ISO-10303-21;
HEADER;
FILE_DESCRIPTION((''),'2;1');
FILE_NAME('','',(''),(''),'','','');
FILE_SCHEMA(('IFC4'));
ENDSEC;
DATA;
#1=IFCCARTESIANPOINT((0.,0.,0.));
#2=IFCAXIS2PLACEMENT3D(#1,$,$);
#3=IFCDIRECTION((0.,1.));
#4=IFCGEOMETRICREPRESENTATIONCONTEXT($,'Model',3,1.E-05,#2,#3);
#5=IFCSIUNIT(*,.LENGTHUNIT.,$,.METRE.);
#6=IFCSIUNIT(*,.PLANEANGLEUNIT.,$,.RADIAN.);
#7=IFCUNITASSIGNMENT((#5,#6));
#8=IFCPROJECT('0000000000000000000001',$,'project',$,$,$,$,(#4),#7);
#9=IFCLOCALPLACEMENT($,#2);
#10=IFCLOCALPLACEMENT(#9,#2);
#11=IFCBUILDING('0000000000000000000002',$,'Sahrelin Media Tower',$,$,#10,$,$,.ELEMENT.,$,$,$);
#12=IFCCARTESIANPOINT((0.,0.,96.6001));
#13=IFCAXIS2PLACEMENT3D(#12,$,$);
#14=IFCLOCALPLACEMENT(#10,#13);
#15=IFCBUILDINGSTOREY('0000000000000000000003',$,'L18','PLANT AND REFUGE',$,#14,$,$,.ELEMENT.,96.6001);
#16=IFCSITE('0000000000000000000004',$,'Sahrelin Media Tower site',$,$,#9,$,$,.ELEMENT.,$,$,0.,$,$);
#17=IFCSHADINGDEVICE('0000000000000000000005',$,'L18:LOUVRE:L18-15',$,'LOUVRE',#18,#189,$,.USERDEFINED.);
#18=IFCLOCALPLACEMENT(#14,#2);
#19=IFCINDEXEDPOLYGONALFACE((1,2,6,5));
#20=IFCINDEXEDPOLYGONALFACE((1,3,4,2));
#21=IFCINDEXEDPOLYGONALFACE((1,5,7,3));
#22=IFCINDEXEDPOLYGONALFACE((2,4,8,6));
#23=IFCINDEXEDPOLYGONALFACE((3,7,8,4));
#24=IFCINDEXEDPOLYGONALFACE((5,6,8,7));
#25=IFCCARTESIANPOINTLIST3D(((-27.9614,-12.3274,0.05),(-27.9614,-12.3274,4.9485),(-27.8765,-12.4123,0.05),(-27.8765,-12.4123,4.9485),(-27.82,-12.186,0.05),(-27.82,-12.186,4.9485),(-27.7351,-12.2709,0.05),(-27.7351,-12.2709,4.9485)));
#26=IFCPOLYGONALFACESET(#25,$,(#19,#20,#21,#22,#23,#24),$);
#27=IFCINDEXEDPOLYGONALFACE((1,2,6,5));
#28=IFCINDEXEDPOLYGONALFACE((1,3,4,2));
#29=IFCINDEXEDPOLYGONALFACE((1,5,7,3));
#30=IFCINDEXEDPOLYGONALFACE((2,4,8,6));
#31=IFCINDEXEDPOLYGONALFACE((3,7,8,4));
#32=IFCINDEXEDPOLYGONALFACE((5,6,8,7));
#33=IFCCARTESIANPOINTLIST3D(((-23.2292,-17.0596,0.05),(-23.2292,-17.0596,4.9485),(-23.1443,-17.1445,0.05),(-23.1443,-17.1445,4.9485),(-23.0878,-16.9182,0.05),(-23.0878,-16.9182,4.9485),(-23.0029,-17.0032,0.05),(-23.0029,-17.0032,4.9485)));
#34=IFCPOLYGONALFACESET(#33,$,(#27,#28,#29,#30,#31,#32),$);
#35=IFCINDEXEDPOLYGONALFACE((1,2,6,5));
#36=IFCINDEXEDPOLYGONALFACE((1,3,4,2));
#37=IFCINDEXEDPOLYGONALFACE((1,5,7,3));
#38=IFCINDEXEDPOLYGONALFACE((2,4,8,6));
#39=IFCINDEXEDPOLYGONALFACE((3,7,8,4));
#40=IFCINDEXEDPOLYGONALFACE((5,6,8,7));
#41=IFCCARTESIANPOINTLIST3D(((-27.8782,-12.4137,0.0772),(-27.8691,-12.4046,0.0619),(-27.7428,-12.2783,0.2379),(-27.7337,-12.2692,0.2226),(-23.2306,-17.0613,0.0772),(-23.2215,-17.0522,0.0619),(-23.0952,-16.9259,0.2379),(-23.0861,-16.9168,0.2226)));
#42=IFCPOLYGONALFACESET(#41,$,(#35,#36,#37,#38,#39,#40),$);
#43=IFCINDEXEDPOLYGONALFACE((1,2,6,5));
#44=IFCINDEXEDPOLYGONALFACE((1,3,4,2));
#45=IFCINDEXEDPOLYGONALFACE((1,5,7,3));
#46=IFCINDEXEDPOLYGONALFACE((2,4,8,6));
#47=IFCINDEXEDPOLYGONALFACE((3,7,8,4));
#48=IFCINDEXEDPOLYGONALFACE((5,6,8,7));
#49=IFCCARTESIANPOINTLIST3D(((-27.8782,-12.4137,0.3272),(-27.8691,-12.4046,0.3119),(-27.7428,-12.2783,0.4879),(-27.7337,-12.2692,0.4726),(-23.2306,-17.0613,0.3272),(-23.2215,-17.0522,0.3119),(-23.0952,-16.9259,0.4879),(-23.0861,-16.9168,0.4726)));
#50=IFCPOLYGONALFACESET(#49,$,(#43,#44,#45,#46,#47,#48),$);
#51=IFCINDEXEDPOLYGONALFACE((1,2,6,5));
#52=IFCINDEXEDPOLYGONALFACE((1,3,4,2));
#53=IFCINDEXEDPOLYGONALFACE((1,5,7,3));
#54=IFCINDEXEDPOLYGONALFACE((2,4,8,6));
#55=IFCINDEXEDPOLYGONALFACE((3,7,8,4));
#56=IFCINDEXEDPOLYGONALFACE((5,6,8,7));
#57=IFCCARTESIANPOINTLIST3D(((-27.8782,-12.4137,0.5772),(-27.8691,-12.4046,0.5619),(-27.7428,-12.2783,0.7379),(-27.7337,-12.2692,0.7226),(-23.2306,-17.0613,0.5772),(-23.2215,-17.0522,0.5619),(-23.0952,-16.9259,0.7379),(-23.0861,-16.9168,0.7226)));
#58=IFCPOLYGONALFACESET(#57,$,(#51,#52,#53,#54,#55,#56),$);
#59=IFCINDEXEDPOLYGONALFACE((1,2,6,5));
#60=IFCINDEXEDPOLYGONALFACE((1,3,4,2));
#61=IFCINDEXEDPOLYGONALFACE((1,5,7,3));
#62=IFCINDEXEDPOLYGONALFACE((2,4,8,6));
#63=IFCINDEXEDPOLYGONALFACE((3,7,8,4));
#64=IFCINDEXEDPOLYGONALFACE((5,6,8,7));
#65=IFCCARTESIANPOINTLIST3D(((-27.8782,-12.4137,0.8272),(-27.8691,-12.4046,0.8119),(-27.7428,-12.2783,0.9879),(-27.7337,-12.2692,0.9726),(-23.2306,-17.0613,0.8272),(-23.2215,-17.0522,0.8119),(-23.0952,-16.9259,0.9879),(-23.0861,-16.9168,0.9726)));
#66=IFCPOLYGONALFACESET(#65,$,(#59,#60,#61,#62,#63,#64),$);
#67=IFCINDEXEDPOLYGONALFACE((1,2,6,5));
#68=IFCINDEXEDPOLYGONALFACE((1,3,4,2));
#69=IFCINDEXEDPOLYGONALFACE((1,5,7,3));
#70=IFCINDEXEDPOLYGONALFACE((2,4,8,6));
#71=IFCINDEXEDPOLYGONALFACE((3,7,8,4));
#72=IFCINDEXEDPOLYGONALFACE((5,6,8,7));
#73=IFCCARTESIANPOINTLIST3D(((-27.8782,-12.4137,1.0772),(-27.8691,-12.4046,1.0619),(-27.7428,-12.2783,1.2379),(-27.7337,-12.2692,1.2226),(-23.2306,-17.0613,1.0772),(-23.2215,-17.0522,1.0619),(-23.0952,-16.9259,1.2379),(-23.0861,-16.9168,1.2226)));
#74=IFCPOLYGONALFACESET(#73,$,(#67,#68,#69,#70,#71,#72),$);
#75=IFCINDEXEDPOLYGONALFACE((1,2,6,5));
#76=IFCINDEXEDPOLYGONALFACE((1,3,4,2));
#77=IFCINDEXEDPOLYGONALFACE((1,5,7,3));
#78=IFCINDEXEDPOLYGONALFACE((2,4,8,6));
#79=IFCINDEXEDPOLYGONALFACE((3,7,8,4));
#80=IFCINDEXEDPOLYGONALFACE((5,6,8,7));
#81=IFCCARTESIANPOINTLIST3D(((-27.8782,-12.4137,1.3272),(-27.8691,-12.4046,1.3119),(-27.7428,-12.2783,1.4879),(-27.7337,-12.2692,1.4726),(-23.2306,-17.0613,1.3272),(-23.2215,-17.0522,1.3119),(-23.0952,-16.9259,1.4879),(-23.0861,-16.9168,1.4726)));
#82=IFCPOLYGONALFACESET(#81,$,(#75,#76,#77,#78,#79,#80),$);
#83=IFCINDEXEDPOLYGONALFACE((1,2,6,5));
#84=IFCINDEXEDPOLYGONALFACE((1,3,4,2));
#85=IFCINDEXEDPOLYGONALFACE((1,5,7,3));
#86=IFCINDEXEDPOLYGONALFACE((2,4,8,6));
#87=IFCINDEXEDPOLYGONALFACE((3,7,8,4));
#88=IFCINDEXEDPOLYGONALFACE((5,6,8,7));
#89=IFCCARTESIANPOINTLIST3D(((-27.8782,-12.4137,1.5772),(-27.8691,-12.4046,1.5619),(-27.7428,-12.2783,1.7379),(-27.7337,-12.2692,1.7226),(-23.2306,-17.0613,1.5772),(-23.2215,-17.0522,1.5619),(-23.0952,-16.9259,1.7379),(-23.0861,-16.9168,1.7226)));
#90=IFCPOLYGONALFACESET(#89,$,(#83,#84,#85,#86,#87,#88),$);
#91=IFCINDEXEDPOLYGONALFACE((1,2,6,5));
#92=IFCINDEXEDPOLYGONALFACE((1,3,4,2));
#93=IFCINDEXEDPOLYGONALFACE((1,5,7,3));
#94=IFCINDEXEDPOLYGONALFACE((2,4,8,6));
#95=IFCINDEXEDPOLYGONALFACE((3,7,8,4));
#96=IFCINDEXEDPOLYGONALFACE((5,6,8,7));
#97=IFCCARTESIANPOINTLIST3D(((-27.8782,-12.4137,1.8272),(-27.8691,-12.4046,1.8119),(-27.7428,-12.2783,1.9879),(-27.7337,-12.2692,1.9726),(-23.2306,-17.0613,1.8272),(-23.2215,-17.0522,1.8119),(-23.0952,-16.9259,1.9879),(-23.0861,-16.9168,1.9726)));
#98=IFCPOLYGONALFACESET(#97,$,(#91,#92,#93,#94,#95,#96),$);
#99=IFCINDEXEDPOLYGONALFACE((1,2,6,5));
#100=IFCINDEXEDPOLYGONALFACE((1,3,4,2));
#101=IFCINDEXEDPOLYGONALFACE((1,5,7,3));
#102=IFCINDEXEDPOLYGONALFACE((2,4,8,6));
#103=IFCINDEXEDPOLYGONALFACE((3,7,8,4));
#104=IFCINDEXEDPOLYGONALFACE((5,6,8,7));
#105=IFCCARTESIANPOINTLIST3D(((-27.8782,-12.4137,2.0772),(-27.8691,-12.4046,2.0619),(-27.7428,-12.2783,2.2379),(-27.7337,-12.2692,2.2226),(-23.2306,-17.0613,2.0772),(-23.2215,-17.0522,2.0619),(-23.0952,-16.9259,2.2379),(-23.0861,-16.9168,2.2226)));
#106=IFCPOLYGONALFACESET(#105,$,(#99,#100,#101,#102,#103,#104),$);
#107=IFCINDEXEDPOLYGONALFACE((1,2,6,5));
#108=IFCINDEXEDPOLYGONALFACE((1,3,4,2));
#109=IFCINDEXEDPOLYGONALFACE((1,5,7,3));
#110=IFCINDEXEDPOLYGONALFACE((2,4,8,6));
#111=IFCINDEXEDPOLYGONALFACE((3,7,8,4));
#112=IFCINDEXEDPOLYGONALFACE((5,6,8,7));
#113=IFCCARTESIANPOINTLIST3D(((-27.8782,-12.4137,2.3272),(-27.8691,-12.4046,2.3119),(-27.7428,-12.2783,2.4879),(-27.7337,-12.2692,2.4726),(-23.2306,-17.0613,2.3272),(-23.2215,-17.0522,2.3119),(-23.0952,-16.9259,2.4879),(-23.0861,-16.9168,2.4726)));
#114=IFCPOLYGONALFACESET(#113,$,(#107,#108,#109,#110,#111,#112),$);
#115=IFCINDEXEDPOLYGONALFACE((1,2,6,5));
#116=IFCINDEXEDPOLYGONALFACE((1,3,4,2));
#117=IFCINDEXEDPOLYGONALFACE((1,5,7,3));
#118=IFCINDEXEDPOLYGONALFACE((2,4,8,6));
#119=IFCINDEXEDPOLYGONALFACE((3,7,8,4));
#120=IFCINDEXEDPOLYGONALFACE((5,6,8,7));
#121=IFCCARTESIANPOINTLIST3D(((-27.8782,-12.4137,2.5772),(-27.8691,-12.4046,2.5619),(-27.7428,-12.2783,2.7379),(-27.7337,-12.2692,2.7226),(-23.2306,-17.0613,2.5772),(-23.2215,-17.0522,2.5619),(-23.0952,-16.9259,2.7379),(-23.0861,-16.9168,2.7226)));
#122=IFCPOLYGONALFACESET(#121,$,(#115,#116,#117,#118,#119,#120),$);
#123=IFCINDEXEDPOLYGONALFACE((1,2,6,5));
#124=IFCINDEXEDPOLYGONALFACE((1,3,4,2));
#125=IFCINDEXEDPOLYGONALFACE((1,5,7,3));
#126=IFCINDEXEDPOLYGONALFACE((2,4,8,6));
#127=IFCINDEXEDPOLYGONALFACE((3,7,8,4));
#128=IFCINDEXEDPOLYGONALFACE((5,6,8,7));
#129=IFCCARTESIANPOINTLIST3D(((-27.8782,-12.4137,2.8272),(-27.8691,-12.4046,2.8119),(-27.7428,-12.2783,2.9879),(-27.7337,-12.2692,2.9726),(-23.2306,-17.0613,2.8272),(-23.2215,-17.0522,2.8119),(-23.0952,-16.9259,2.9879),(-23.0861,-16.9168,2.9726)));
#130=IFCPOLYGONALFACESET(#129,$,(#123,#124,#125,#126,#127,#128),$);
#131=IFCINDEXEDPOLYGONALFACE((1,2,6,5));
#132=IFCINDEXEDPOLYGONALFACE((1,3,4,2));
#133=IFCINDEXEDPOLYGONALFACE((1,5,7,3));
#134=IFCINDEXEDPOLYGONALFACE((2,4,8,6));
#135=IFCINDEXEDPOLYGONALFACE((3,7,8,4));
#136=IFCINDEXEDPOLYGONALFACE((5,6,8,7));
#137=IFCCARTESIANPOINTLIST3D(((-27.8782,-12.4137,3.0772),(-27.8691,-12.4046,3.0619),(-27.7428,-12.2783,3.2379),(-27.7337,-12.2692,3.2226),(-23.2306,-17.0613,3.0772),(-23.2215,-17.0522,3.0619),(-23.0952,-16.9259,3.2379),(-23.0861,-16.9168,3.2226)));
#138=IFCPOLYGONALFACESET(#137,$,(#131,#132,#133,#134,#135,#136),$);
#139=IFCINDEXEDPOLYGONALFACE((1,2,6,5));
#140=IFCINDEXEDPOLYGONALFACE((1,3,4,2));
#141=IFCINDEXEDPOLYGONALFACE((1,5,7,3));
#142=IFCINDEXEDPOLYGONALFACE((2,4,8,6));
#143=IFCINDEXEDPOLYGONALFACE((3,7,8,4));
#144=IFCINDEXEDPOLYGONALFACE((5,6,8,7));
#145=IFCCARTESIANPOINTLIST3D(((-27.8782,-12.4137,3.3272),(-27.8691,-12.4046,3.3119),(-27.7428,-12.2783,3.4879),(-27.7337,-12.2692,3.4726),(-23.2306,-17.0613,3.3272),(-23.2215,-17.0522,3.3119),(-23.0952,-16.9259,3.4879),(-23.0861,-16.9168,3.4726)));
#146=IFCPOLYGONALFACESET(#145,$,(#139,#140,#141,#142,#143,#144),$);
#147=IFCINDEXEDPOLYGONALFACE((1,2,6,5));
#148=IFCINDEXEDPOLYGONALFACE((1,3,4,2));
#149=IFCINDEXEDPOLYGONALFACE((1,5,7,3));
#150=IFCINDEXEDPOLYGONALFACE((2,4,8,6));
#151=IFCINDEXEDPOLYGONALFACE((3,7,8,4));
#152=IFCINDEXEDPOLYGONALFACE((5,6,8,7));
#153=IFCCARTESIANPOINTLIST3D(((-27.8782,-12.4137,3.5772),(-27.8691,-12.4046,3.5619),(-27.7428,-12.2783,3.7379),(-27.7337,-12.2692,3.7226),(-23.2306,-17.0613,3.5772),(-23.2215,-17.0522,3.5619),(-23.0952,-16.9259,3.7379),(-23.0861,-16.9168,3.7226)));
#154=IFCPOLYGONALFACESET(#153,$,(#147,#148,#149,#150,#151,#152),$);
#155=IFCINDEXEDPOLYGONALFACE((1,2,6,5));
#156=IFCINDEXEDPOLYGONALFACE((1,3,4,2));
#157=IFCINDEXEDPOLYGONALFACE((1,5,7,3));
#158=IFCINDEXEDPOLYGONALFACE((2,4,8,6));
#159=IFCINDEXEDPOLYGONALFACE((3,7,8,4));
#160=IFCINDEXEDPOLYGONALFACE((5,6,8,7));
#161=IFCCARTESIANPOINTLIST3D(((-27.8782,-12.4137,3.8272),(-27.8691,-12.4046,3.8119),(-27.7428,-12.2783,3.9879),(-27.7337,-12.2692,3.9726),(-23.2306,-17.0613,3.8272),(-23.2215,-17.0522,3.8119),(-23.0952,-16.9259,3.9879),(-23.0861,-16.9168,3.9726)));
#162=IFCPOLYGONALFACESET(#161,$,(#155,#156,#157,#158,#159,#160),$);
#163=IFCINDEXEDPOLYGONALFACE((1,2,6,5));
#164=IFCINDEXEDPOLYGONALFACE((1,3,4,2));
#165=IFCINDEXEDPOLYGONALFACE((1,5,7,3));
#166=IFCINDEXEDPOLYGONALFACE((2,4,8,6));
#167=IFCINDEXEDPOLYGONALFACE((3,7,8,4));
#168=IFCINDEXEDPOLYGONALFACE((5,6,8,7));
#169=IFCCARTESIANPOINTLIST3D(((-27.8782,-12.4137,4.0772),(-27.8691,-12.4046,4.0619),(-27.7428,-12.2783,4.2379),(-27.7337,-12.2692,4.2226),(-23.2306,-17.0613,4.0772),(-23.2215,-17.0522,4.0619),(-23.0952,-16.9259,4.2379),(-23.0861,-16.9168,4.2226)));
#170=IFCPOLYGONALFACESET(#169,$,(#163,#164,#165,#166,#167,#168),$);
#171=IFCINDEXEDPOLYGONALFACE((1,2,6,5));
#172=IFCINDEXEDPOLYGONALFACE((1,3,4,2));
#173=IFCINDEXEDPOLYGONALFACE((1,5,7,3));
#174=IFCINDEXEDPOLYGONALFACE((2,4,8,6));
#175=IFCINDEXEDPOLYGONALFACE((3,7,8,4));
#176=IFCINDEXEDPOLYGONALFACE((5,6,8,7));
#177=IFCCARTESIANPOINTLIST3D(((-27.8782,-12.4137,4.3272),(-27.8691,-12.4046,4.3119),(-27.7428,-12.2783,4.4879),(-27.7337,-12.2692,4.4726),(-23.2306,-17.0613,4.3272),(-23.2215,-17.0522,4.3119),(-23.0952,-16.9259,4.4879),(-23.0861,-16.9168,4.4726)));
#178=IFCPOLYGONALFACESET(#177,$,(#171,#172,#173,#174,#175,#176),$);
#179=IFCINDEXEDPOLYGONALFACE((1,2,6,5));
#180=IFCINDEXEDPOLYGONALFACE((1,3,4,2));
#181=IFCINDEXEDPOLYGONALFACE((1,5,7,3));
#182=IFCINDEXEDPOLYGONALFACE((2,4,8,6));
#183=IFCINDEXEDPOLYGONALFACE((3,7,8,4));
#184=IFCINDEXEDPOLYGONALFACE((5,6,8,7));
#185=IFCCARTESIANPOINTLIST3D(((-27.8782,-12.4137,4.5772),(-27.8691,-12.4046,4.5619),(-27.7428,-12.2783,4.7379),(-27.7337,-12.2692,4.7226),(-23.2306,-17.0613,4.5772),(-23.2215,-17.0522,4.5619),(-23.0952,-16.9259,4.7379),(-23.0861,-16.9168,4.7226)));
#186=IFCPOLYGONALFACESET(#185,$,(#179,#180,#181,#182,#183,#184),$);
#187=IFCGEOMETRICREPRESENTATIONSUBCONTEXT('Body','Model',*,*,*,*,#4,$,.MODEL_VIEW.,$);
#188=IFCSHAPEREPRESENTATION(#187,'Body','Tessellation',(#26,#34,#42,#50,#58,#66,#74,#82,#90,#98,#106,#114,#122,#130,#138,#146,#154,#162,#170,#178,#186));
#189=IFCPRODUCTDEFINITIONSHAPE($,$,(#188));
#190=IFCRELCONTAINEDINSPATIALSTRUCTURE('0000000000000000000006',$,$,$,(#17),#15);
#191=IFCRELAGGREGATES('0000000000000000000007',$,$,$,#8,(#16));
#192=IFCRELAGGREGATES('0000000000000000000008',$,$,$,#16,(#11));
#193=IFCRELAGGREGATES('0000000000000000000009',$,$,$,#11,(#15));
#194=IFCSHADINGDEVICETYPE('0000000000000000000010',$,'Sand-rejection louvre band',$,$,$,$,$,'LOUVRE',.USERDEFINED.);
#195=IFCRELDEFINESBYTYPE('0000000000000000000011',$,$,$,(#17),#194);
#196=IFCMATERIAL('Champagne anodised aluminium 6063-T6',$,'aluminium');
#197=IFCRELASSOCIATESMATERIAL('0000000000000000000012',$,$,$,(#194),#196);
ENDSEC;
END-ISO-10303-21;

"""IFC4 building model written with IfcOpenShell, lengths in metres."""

from ifc_helpers import new_model, si_unit, direction, frame, origin, origin_2d, place, context, subcontext, project, spatial, rectangle, extrude, material, type_object, element, save


model = new_model("IFC4")

# Units and contexts
model_context = context("Model", 3, precision=1e-05, world=origin(), true_north=direction((0.0, 1.0)))
body_context = subcontext(model_context, "Body", "Model", "MODEL_VIEW")
ifc_project = project(units=[si_unit("LENGTHUNIT", "METRE"), si_unit("PLANEANGLEUNIT", "RADIAN")], contexts=[model_context])

# Site, building, storey
site_placement = place(None, origin())
site = spatial("IfcSite", under=ifc_project, at=site_placement, Name="Sahrelin Media Tower site", CompositionType="ELEMENT", RefElevation=0.0)
building_placement = place(site_placement, origin())
building = spatial("IfcBuilding", under=site, at=building_placement, Name="Sahrelin Media Tower", CompositionType="ELEMENT")
storey_placement = place(building_placement, frame((0.0, 0.0, 96.6001)))
storey = spatial("IfcBuildingStorey", under=building, at=storey_placement, Name="L18", Description="PLANT AND REFUGE", CompositionType="ELEMENT", Elevation=96.6001)

# Shading device
ifc_material_1 = material(Name="Champagne anodised aluminium 6063-T6", Category="aluminium")
shading_device_type = type_object("IfcShadingDeviceType", Name="Sand-rejection louvre band", ElementType="LOUVRE", PredefinedType="USERDEFINED", material=ifc_material_1)
shading_device_1_placement = place(storey_placement, frame((-25.4114, -14.5945, 0.0), z_axis=(0.0, 0.0, 1.0), x_axis=(-0.707107, 0.707107, 0.0)))
element("IfcShadingDevice", 1, at=shading_device_1_placement, inside=storey, type_object=shading_device_type, Name="L18:LOUVRE:L18-15", ObjectType="LOUVRE", PredefinedType="USERDEFINED", context=body_context, shape_type="SweptSolid", body=[
    extrude(rectangle(XDim=0.1201, YDim=0.2, at=origin_2d()), frame((3.3462, 0.1001, 0.05), z_axis=(0.0, 0.0, 1.0), x_axis=(1.0, 0.0, 0.0)), (0.0, 0.0, 1.0), 4.8984),
    extrude(rectangle(XDim=0.1201, YDim=0.2, at=origin_2d()), frame((-3.3462, 0.1001, 0.05), z_axis=(0.0, 0.0, 1.0), x_axis=(1.0, 0.0, 0.0)), (0.0, 0.0, 1.0), 4.8984),
    extrude(rectangle(XDim=0.25, YDim=0.02, at=origin_2d()), frame((3.2864, 0.1001, 0.1499), z_axis=(-1.0, 0.0, 0.0), x_axis=(0.0, -0.766044, 0.642788)), (0.0, 0.0, 1.0), 6.5728),
    extrude(rectangle(XDim=0.25, YDim=0.02, at=origin_2d()), frame((3.2864, 0.1001, 0.3999), z_axis=(-1.0, 0.0, 0.0), x_axis=(0.0, -0.766044, 0.642788)), (0.0, 0.0, 1.0), 6.5728),
    extrude(rectangle(XDim=0.25, YDim=0.02, at=origin_2d()), frame((3.2864, 0.1001, 0.6499), z_axis=(-1.0, 0.0, 0.0), x_axis=(0.0, -0.766044, 0.642788)), (0.0, 0.0, 1.0), 6.5728),
    extrude(rectangle(XDim=0.25, YDim=0.02, at=origin_2d()), frame((3.2864, 0.1001, 0.8999), z_axis=(-1.0, 0.0, 0.0), x_axis=(0.0, -0.766044, 0.642788)), (0.0, 0.0, 1.0), 6.5728),
    extrude(rectangle(XDim=0.25, YDim=0.02, at=origin_2d()), frame((3.2864, 0.1001, 1.1499), z_axis=(-1.0, 0.0, 0.0), x_axis=(0.0, -0.766044, 0.642788)), (0.0, 0.0, 1.0), 6.5728),
    extrude(rectangle(XDim=0.25, YDim=0.02, at=origin_2d()), frame((3.2864, 0.1001, 1.3999), z_axis=(-1.0, 0.0, 0.0), x_axis=(0.0, -0.766044, 0.642788)), (0.0, 0.0, 1.0), 6.5728),
    extrude(rectangle(XDim=0.25, YDim=0.02, at=origin_2d()), frame((3.2864, 0.1001, 1.6499), z_axis=(-1.0, 0.0, 0.0), x_axis=(0.0, -0.766044, 0.642788)), (0.0, 0.0, 1.0), 6.5728),
    extrude(rectangle(XDim=0.25, YDim=0.02, at=origin_2d()), frame((3.2864, 0.1001, 1.8999), z_axis=(-1.0, 0.0, 0.0), x_axis=(0.0, -0.766044, 0.642788)), (0.0, 0.0, 1.0), 6.5728),
    extrude(rectangle(XDim=0.25, YDim=0.02, at=origin_2d()), frame((3.2864, 0.1001, 2.1499), z_axis=(-1.0, 0.0, 0.0), x_axis=(0.0, -0.766044, 0.642788)), (0.0, 0.0, 1.0), 6.5728),
    extrude(rectangle(XDim=0.25, YDim=0.02, at=origin_2d()), frame((3.2864, 0.1001, 2.3999), z_axis=(-1.0, 0.0, 0.0), x_axis=(0.0, -0.766044, 0.642788)), (0.0, 0.0, 1.0), 6.5728),
    extrude(rectangle(XDim=0.25, YDim=0.02, at=origin_2d()), frame((3.2864, 0.1001, 2.6499), z_axis=(-1.0, 0.0, 0.0), x_axis=(0.0, -0.766044, 0.642788)), (0.0, 0.0, 1.0), 6.5728),
    extrude(rectangle(XDim=0.25, YDim=0.02, at=origin_2d()), frame((3.2864, 0.1001, 2.8999), z_axis=(-1.0, 0.0, 0.0), x_axis=(0.0, -0.766044, 0.642788)), (0.0, 0.0, 1.0), 6.5728),
    extrude(rectangle(XDim=0.25, YDim=0.02, at=origin_2d()), frame((3.2864, 0.1001, 3.1499), z_axis=(-1.0, 0.0, 0.0), x_axis=(0.0, -0.766044, 0.642788)), (0.0, 0.0, 1.0), 6.5728),
    extrude(rectangle(XDim=0.25, YDim=0.02, at=origin_2d()), frame((3.2864, 0.1001, 3.3999), z_axis=(-1.0, 0.0, 0.0), x_axis=(0.0, -0.766044, 0.642788)), (0.0, 0.0, 1.0), 6.5728),
    extrude(rectangle(XDim=0.25, YDim=0.02, at=origin_2d()), frame((3.2864, 0.1001, 3.6499), z_axis=(-1.0, 0.0, 0.0), x_axis=(0.0, -0.766044, 0.642788)), (0.0, 0.0, 1.0), 6.5728),
    extrude(rectangle(XDim=0.25, YDim=0.02, at=origin_2d()), frame((3.2864, 0.1001, 3.8999), z_axis=(-1.0, 0.0, 0.0), x_axis=(0.0, -0.766044, 0.642788)), (0.0, 0.0, 1.0), 6.5728),
    extrude(rectangle(XDim=0.25, YDim=0.02, at=origin_2d()), frame((3.2864, 0.1001, 4.1499), z_axis=(-1.0, 0.0, 0.0), x_axis=(0.0, -0.766044, 0.642788)), (0.0, 0.0, 1.0), 6.5728),
    extrude(rectangle(XDim=0.25, YDim=0.02, at=origin_2d()), frame((3.2864, 0.1001, 4.3999), z_axis=(-1.0, 0.0, 0.0), x_axis=(0.0, -0.766044, 0.642788)), (0.0, 0.0, 1.0), 6.5728),
    extrude(rectangle(XDim=0.25, YDim=0.02, at=origin_2d()), frame((3.2864, 0.1001, 4.6499), z_axis=(-1.0, 0.0, 0.0), x_axis=(0.0, -0.766044, 0.642788)), (0.0, 0.0, 1.0), 6.5728),
])

save(model, "model.ifc")
